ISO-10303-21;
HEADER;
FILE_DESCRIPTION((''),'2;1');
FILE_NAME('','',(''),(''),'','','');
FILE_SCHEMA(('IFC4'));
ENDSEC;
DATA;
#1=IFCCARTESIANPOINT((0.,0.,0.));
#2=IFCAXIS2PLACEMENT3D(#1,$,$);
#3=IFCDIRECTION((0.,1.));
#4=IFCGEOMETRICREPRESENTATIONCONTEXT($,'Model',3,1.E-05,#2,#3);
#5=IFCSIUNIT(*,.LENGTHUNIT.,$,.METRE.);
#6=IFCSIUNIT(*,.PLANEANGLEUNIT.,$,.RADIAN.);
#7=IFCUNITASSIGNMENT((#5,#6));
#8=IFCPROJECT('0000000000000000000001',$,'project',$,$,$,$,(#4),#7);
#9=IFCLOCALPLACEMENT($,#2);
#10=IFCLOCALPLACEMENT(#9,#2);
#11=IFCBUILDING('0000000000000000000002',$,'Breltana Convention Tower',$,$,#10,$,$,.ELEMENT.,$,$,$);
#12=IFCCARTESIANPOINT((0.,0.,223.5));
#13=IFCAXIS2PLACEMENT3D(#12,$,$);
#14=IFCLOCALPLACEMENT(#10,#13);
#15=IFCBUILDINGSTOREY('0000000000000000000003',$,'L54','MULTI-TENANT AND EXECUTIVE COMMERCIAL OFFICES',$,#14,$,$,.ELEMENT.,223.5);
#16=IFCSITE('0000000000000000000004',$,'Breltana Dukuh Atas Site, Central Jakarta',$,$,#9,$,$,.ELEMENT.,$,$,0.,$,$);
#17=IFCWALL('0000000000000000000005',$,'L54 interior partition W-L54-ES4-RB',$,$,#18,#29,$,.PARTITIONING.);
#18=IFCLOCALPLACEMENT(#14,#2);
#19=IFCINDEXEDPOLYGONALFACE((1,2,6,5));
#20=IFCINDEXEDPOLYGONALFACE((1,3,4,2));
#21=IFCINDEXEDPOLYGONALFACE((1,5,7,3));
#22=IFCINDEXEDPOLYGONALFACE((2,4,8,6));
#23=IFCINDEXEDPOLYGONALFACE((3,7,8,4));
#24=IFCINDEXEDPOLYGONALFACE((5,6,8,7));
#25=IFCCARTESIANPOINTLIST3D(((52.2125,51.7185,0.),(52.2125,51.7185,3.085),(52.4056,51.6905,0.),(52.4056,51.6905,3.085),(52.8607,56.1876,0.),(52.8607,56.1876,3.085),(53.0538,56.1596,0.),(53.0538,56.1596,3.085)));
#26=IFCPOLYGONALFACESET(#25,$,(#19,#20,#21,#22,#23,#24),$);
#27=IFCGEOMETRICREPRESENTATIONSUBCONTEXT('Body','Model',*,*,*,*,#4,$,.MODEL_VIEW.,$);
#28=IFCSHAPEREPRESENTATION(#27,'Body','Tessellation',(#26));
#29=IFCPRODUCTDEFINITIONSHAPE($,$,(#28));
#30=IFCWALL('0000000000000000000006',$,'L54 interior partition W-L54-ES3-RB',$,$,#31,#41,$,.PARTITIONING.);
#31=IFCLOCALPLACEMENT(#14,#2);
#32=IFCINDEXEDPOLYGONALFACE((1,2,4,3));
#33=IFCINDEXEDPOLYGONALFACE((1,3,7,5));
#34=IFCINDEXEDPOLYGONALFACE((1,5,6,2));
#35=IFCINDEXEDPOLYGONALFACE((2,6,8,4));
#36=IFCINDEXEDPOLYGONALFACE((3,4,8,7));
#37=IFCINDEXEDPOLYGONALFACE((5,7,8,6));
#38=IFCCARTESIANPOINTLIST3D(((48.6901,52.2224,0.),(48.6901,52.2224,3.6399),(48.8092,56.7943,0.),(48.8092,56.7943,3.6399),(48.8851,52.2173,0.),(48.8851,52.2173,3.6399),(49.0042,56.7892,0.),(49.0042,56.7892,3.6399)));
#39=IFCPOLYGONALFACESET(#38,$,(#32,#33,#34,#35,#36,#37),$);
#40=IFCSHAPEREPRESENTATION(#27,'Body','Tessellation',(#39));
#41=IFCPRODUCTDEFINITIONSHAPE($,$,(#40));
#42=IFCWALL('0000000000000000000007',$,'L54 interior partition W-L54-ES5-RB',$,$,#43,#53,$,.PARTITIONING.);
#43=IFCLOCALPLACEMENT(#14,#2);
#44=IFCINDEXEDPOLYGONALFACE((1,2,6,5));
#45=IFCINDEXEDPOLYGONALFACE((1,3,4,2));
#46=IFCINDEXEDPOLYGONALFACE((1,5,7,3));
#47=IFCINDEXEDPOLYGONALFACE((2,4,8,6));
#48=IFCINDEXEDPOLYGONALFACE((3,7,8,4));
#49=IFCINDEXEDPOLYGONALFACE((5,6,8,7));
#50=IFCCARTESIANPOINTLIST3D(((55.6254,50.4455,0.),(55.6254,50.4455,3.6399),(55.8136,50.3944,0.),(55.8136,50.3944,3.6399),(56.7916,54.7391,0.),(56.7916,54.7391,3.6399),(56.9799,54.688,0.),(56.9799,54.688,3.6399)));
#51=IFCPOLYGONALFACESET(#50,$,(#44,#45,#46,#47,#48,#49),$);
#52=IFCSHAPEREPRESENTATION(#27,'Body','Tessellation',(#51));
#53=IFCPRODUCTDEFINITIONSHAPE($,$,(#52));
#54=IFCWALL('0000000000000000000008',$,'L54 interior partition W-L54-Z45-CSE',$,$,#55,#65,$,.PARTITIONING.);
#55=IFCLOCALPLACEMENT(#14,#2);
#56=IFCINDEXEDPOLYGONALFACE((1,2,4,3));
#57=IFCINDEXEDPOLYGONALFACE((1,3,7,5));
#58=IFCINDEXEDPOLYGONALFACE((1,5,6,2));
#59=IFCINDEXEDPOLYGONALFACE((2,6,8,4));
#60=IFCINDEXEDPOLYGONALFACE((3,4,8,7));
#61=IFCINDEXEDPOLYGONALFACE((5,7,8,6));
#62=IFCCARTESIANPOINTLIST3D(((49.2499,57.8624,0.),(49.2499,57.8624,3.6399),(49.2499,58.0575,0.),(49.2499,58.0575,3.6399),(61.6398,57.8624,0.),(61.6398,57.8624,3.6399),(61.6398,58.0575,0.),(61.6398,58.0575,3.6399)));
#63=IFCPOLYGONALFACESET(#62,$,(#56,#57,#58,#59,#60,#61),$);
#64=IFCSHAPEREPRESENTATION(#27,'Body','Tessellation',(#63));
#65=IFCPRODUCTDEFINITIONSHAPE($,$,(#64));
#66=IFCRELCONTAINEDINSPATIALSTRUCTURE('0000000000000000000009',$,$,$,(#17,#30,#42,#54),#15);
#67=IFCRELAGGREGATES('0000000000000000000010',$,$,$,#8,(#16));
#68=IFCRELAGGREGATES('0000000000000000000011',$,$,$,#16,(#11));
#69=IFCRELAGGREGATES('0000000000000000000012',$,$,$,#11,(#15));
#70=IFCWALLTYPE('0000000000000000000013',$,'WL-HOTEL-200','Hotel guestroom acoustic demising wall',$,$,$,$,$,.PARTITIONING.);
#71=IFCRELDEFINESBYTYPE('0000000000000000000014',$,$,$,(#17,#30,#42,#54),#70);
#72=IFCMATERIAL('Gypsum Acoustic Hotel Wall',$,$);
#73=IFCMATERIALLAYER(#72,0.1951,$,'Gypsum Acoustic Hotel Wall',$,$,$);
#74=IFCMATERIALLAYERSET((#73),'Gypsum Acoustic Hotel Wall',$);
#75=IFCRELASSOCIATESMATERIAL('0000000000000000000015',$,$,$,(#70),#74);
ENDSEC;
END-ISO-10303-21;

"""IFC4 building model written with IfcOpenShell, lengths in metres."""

from ifc_helpers import new_model, si_unit, direction, frame, frame_2d, origin, place, context, subcontext, project, spatial, rectangle, extrude, source, transform, mapped, material, layer, layer_set, type_object, element, save


model = new_model("IFC4")

# Units and contexts
model_context = context("Model", 3, precision=1e-05, world=origin(), true_north=direction((0.0, 1.0)))
body_context = subcontext(model_context, "Body", "Model", "MODEL_VIEW")
ifc_project = project(units=[si_unit("LENGTHUNIT", "METRE"), si_unit("PLANEANGLEUNIT", "RADIAN")], contexts=[model_context])

# Site, building, storey
site_placement = place(None, origin())
site = spatial("IfcSite", under=ifc_project, at=site_placement, Name="Breltana Dukuh Atas Site, Central Jakarta", CompositionType="ELEMENT", RefElevation=0.0)
building_placement = place(site_placement, origin())
building = spatial("IfcBuilding", under=site, at=building_placement, Name="Breltana Convention Tower", CompositionType="ELEMENT")
storey_placement = place(building_placement, frame((0.0, 0.0, 223.5)))
storey = spatial("IfcBuildingStorey", under=building, at=storey_placement, Name="L54", Description="MULTI-TENANT AND EXECUTIVE COMMERCIAL OFFICES", CompositionType="ELEMENT", Elevation=223.5)

# Walls
ifc_material_1 = material(Name="Gypsum Acoustic Hotel Wall")
ifc_layer_1 = layer(ifc_material_1, 0.1951, Name="Gypsum Acoustic Hotel Wall")
ifc_layer_set_1 = layer_set([ifc_layer_1], Name="Gypsum Acoustic Hotel Wall")
wall_type_1 = type_object("IfcWallType", Name="WL-HOTEL-200", Description="Hotel guestroom acoustic demising wall", PredefinedType="PARTITIONING", material=ifc_layer_set_1)
shared_shape_1 = source(origin(), body_context, "Body", "SweptSolid", [
    extrude(rectangle(XDim=4.5159, YDim=0.1951, at=frame_2d((2.2578, 0.0))), origin(), (0.0, 0.0, 1.0), 3.085),
])
wall_1_placement = place(storey_placement, frame((52.3091, 51.7046, 0.0), z_axis=(0.0, 0.0, 1.0), x_axis=(0.14354, 0.989644, 0.0)))
element("IfcWall", 1, at=wall_1_placement, inside=storey, type_object=wall_type_1, Name="L54 interior partition W-L54-ES4-RB", PredefinedType="PARTITIONING", context=body_context, shape_type="MappedRepresentation", body=[
    mapped(shared_shape_1, transform((0.0, 0.0, 0.0), scale=1.0)),
])
shared_shape_2 = source(origin(), body_context, "Body", "SweptSolid", [
    extrude(rectangle(XDim=4.5735, YDim=0.1951, at=frame_2d((2.2866, 0.0))), origin(), (0.0, 0.0, 1.0), 3.6399),
])
wall_2_placement = place(storey_placement, frame((48.7876, 52.22, 0.0), z_axis=(0.0, 0.0, 1.0), x_axis=(0.02605, 0.999661, 0.0)))
element("IfcWall", 2, at=wall_2_placement, inside=storey, type_object=wall_type_1, Name="L54 interior partition W-L54-ES3-RB", PredefinedType="PARTITIONING", context=body_context, shape_type="MappedRepresentation", body=[
    mapped(shared_shape_2, transform((0.0, 0.0, 0.0), scale=1.0)),
])

# Wall
shared_shape_3 = source(origin(), body_context, "Body", "SweptSolid", [
    extrude(rectangle(XDim=4.4492, YDim=0.1951, at=frame_2d((2.2246, 0.0))), origin(), (0.0, 0.0, 1.0), 3.6399),
])
wall_3_placement = place(storey_placement, frame((55.7195, 50.4199, 0.0), z_axis=(0.0, 0.0, 1.0), x_axis=(0.262124, 0.965034, 0.0)))
element("IfcWall", 3, at=wall_3_placement, inside=storey, type_object=wall_type_1, Name="L54 interior partition W-L54-ES5-RB", PredefinedType="PARTITIONING", context=body_context, shape_type="MappedRepresentation", body=[
    mapped(shared_shape_3, transform((0.0, 0.0, 0.0), scale=1.0)),
])

# Wall
shared_shape_4 = source(origin(), body_context, "Body", "SweptSolid", [
    extrude(rectangle(XDim=12.3899, YDim=0.1951, at=frame_2d((6.1948, 0.0))), origin(), (0.0, 0.0, 1.0), 3.6399),
])
wall_4_placement = place(storey_placement, frame((49.25, 57.96, 0.0), z_axis=(0.0, 0.0, 1.0), x_axis=(1.0, 0.0, 0.0)))
element("IfcWall", 4, at=wall_4_placement, inside=storey, type_object=wall_type_1, Name="L54 interior partition W-L54-Z45-CSE", PredefinedType="PARTITIONING", context=body_context, shape_type="MappedRepresentation", body=[
    mapped(shared_shape_4, transform((0.0, 0.0, 0.0), scale=1.0)),
])

save(model, "model.ifc")
